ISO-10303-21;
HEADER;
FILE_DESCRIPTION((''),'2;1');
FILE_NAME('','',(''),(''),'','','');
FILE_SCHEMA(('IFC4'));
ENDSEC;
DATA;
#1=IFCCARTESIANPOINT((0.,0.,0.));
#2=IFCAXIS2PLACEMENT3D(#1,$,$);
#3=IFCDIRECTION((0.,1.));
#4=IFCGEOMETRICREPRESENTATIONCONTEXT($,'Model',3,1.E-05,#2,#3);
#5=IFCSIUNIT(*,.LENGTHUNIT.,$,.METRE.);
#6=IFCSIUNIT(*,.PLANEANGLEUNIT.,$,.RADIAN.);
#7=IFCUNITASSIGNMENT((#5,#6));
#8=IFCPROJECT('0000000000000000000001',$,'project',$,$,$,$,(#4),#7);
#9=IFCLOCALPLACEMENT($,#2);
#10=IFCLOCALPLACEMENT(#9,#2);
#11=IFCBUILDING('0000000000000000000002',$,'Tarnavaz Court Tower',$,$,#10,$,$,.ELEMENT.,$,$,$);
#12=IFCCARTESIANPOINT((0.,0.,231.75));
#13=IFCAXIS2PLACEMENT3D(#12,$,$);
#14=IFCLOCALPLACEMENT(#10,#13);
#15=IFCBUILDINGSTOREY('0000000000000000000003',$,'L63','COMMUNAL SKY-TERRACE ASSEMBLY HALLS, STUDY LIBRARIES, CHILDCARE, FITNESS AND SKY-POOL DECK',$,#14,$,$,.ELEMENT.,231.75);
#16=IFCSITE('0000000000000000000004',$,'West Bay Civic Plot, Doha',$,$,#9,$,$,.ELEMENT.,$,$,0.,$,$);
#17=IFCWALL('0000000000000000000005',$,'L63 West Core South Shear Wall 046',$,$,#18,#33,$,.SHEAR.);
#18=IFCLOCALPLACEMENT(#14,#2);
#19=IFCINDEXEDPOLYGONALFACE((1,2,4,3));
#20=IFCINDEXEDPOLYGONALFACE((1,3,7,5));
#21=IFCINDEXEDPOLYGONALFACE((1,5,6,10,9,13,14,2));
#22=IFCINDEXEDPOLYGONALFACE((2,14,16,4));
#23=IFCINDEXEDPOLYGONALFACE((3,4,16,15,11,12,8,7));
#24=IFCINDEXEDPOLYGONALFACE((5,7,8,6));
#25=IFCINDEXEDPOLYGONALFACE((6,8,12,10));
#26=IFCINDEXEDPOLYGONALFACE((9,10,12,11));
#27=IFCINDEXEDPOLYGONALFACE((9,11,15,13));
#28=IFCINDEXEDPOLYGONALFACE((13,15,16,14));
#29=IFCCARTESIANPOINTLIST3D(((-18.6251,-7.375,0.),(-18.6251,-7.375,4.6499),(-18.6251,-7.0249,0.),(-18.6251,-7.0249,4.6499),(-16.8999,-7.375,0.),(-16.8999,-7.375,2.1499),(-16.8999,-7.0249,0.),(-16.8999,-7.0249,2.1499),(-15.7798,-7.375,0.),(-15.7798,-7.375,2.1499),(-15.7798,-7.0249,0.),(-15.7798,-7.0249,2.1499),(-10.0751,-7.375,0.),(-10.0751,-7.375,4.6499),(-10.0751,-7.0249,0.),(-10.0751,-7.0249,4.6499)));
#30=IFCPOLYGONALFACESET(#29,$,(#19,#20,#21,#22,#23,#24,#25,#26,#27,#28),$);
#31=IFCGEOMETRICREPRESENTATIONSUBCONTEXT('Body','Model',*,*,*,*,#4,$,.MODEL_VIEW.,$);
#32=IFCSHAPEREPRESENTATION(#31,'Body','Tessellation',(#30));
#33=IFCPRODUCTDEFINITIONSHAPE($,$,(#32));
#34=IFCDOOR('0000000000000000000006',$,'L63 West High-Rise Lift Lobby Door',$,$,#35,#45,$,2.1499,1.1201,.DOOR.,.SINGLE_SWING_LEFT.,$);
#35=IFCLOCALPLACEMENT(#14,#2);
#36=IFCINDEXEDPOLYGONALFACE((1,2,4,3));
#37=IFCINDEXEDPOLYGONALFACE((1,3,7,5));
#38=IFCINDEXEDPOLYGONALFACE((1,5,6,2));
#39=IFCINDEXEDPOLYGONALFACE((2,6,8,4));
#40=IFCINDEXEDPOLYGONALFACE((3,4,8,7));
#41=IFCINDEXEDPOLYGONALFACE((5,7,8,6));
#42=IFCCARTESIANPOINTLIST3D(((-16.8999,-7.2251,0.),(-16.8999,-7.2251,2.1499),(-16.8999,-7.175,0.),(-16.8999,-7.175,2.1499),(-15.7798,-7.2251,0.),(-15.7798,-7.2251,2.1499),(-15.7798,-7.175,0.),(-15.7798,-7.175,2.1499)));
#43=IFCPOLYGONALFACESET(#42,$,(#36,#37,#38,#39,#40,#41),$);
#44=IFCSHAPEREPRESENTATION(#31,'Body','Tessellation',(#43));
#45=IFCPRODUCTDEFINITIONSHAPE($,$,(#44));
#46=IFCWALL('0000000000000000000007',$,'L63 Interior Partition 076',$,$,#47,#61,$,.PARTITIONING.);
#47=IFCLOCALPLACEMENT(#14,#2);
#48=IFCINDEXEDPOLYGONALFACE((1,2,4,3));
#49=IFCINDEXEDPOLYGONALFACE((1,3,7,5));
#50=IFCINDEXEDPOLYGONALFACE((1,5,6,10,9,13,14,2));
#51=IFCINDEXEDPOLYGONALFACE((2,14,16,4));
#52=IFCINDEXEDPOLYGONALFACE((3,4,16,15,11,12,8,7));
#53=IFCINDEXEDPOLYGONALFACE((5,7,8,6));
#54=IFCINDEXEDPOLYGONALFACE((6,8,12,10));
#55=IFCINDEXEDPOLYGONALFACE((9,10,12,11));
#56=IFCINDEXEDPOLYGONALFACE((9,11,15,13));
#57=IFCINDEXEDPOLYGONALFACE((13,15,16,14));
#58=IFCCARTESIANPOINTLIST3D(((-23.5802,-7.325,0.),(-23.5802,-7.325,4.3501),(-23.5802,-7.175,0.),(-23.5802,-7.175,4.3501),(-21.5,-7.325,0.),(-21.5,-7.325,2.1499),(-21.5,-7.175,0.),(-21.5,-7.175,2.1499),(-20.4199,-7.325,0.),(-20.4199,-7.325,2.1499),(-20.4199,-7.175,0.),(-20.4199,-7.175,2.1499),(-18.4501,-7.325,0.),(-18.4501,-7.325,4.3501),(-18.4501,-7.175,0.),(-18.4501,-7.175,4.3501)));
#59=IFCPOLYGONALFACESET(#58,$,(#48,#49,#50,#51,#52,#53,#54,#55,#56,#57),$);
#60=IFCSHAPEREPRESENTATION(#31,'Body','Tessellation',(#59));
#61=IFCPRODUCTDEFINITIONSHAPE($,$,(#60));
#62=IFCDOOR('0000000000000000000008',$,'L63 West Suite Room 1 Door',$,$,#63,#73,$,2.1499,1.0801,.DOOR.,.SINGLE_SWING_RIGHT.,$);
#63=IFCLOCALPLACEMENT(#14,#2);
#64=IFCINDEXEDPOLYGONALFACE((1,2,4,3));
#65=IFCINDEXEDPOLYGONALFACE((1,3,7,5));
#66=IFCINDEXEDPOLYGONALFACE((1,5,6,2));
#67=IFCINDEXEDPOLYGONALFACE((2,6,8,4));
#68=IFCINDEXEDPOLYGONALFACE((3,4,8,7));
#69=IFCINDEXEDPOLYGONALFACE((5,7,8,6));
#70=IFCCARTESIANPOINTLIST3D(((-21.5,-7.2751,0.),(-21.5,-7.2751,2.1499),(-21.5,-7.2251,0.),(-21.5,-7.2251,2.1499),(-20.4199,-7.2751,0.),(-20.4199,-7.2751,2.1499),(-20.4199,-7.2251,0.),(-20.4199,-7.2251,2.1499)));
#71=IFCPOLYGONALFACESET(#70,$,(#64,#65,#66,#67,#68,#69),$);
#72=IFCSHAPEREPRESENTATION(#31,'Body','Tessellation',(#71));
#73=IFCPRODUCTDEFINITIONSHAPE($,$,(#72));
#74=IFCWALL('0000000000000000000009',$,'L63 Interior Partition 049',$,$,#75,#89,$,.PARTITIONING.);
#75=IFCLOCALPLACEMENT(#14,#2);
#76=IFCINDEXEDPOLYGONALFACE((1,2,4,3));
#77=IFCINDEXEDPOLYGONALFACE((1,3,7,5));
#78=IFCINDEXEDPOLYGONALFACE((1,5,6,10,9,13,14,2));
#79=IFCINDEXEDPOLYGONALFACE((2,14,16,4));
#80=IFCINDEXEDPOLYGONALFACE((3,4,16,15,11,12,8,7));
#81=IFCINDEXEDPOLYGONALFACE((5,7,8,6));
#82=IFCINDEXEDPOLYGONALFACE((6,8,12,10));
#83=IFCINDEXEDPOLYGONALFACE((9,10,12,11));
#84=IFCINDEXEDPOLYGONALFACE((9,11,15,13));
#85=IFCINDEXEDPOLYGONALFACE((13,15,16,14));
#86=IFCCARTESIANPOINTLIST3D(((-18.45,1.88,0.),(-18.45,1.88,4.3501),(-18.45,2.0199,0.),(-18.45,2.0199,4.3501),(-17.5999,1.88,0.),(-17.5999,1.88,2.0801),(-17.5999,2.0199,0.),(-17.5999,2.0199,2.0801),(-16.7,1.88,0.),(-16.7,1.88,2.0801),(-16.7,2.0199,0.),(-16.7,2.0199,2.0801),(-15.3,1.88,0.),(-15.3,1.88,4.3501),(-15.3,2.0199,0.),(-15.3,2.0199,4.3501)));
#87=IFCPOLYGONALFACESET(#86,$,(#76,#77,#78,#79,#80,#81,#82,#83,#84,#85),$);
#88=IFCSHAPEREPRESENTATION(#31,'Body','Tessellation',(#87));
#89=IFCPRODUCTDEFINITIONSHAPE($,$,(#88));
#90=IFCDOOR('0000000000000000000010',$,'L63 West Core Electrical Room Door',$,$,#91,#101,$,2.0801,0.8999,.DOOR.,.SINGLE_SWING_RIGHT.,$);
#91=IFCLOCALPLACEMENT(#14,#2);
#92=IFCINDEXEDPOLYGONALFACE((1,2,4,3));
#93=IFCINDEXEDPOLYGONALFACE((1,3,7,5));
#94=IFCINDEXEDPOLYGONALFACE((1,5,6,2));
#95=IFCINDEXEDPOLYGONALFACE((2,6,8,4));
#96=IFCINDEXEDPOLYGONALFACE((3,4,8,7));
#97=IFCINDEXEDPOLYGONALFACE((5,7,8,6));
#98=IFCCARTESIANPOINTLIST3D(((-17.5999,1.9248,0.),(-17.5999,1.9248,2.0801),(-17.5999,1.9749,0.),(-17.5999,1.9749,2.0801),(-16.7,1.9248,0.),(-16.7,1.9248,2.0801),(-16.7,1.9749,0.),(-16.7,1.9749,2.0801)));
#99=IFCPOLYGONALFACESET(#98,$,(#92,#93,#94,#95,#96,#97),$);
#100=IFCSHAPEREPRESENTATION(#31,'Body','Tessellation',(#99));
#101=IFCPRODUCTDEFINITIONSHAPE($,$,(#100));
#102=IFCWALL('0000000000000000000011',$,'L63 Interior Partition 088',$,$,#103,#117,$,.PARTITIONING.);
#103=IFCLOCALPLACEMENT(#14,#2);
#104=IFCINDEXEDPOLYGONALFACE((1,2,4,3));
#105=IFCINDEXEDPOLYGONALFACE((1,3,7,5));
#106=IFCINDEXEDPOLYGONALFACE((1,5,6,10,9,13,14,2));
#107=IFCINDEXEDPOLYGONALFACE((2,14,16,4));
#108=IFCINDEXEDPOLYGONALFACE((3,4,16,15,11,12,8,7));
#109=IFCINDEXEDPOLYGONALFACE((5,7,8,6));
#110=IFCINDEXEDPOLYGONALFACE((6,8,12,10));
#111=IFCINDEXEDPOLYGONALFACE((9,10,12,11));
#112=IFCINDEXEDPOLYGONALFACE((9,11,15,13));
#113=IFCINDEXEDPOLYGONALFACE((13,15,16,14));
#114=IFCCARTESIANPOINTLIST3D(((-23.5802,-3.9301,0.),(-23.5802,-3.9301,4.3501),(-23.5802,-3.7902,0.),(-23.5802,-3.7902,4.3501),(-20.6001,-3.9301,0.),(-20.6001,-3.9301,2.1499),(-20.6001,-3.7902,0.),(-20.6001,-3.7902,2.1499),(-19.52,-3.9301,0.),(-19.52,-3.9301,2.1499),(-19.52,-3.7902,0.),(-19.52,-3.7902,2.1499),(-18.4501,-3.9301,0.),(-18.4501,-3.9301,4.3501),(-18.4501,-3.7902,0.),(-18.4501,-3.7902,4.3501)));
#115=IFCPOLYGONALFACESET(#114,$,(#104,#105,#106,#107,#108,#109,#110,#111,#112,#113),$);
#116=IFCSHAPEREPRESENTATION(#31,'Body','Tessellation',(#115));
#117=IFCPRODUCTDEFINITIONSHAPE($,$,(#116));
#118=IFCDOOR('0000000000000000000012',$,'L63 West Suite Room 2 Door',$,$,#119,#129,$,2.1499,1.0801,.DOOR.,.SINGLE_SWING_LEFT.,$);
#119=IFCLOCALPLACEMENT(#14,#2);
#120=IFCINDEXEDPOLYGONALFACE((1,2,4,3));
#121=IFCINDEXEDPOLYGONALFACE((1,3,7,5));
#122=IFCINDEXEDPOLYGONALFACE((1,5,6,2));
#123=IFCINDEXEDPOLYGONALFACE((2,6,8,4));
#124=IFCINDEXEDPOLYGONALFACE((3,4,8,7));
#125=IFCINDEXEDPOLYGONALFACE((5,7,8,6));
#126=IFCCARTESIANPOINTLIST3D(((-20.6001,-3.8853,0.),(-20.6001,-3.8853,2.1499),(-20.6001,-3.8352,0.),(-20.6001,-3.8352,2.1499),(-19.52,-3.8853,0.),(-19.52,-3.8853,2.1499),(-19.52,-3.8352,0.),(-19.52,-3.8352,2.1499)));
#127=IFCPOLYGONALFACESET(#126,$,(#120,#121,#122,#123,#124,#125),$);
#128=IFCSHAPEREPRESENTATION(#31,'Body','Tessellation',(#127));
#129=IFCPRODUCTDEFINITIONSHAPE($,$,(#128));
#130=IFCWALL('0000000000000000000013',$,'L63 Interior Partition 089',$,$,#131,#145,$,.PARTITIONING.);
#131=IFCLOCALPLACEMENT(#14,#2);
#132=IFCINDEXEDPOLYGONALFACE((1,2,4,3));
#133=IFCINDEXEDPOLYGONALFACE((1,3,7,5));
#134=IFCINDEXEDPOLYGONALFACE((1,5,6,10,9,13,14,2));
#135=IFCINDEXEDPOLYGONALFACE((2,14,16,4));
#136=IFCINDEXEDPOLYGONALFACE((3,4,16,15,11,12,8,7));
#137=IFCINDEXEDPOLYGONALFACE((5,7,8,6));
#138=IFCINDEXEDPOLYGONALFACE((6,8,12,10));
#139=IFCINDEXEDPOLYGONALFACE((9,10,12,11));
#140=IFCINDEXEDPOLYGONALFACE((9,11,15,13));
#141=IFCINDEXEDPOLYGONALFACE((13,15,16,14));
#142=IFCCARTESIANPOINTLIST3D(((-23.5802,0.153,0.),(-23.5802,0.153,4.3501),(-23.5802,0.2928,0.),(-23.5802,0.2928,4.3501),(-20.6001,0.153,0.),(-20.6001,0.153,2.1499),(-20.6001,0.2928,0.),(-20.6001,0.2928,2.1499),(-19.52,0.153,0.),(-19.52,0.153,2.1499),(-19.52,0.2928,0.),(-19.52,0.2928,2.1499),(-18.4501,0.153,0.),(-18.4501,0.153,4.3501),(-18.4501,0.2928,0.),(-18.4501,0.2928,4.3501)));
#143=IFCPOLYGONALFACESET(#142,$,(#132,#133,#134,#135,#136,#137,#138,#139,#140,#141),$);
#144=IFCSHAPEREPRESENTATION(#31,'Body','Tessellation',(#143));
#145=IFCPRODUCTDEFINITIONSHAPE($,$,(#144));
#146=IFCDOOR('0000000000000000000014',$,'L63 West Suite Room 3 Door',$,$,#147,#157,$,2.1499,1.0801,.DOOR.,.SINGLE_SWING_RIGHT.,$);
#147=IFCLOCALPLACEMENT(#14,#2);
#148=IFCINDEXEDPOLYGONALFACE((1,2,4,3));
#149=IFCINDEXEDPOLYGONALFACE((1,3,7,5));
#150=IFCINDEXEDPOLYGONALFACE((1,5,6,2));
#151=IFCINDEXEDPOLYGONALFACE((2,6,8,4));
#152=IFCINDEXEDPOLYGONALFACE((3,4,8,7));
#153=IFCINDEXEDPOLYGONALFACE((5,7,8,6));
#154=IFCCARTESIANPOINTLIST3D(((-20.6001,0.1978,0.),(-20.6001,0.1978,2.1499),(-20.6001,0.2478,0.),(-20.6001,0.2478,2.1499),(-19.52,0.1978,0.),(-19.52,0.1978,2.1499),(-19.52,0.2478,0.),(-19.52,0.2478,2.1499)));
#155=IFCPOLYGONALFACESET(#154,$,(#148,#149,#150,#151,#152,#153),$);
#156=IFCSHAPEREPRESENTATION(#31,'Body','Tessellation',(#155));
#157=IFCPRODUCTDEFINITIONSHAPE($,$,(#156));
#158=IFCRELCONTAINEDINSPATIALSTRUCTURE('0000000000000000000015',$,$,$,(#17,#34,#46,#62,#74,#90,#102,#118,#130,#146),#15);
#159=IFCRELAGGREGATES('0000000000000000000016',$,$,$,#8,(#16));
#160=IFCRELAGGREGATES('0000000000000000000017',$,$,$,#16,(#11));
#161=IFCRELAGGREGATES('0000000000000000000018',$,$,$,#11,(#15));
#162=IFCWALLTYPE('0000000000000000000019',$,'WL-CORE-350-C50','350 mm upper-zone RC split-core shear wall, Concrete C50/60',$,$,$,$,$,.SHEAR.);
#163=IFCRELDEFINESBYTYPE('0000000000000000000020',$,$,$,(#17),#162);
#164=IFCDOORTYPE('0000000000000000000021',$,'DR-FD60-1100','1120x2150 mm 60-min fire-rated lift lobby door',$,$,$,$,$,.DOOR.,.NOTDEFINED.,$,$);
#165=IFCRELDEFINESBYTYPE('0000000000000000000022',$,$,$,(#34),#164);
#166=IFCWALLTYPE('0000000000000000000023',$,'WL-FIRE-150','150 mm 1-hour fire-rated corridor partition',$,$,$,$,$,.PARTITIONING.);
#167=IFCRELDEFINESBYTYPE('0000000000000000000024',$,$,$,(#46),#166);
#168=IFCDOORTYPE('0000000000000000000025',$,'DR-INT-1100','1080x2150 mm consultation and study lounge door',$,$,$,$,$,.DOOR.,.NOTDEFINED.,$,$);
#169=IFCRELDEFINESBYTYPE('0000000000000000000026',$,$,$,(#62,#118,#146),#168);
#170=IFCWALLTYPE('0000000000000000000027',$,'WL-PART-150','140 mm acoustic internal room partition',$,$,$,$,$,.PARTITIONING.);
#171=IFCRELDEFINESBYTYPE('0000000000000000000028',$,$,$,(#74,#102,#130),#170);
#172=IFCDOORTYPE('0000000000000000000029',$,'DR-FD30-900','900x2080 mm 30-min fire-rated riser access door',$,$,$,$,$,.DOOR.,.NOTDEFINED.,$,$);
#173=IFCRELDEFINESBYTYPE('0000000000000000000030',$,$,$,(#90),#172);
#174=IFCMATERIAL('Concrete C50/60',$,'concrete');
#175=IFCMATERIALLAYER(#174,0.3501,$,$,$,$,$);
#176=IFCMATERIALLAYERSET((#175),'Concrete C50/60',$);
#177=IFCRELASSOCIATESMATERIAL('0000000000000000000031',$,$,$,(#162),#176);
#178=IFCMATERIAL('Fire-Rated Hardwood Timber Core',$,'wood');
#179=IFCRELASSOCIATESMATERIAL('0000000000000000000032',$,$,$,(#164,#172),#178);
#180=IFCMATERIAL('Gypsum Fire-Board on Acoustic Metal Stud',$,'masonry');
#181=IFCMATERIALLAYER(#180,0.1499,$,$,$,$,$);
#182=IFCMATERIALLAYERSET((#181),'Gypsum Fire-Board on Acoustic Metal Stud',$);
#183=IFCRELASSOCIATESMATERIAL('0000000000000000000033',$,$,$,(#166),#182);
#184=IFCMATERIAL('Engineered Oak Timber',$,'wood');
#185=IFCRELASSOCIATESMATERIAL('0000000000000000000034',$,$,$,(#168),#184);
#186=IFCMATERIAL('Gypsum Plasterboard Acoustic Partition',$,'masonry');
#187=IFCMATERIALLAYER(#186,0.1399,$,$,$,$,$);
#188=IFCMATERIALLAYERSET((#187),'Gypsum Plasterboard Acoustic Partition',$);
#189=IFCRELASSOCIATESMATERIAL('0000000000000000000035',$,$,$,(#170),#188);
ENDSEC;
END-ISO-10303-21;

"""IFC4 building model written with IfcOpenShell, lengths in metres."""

from ifc_helpers import new_model, si_unit, direction, frame, frame_2d, origin, place, context, subcontext, project, spatial, rectangle, extrude, material, layer, layer_set, type_object, element, fill, save


model = new_model("IFC4")

# Units and contexts
model_context = context("Model", 3, precision=1e-05, world=origin(), true_north=direction((0.0, 1.0)))
body_context = subcontext(model_context, "Body", "Model", "MODEL_VIEW")
ifc_project = project(units=[si_unit("LENGTHUNIT", "METRE"), si_unit("PLANEANGLEUNIT", "RADIAN")], contexts=[model_context])

# Site, building, storey
site_placement = place(None, origin())
site = spatial("IfcSite", under=ifc_project, at=site_placement, Name="West Bay Civic Plot, Doha", CompositionType="ELEMENT", RefElevation=0.0)
building_placement = place(site_placement, origin())
building = spatial("IfcBuilding", under=site, at=building_placement, Name="Tarnavaz Court Tower", CompositionType="ELEMENT")
storey_placement = place(building_placement, frame((0.0, 0.0, 231.75)))
storey = spatial("IfcBuildingStorey", under=building, at=storey_placement, Name="L63", Description="COMMUNAL SKY-TERRACE ASSEMBLY HALLS, STUDY LIBRARIES, CHILDCARE, FITNESS AND SKY-POOL DECK", CompositionType="ELEMENT", Elevation=231.75)

# Shared definitions
ifc_material_1 = material(Name="Concrete C50/60", Category="concrete")

# Shared definitions
ifc_layer_1 = layer(ifc_material_1, 0.3501)
ifc_layer_set_1 = layer_set([ifc_layer_1], Name="Concrete C50/60")
wall_type_1 = type_object("IfcWallType", Name="WL-CORE-350-C50", Description="350 mm upper-zone RC split-core shear wall, Concrete C50/60", PredefinedType="SHEAR", material=ifc_layer_set_1)

# Walls, openings, doors
wall_1_placement = place(storey_placement, frame((-18.625, -7.2, 0.0), z_axis=(0.0, 0.0, 1.0), x_axis=(1.0, 0.0, 0.0)))
wall_1 = element("IfcWall", 1, at=wall_1_placement, inside=storey, type_object=wall_type_1, Name="L63 West Core South Shear Wall 046", PredefinedType="SHEAR", context=body_context, shape_type="SweptSolid", body=[
    extrude(rectangle(XDim=8.55, YDim=0.3501, at=frame_2d((4.2749, 0.0))), origin(), (0.0, 0.0, 1.0), 4.6499),
])
opening_1_placement = place(wall_1_placement, frame((1.7251, 0.0, 0.0)))
opening_1 = element("IfcOpeningElement", 2, at=opening_1_placement, cuts=wall_1, PredefinedType="OPENING", context=body_context, shape_type="SweptSolid", body=[
    extrude(rectangle(XDim=1.1201, YDim=2.1499, at=frame_2d((0.5601, 1.075))), frame((0.0, 0.1851, 0.0), z_axis=(0.0, -1.0, 0.0), x_axis=(1.0, 0.0, 0.0)), (0.0, 0.0, 1.0), 0.3701),
])
ifc_material_2 = material(Name="Fire-Rated Hardwood Timber Core", Category="wood")
door_type_1 = type_object("IfcDoorType", Name="DR-FD60-1100", Description="1120x2150 mm 60-min fire-rated lift lobby door", OperationType="NOTDEFINED", PredefinedType="DOOR", material=ifc_material_2)
door_1_placement = place(opening_1_placement, origin())
door_1 = element("IfcDoor", 3, at=door_1_placement, inside=storey, type_object=door_type_1, Name="L63 West High-Rise Lift Lobby Door", OperationType="SINGLE_SWING_LEFT", OverallHeight=2.1499, OverallWidth=1.1201, PredefinedType="DOOR", context=body_context, shape_type="SweptSolid", body=[
    extrude(rectangle(XDim=1.1201, YDim=2.1499, at=frame_2d((0.5601, 1.075))), frame((0.0, 0.0249, 0.0), z_axis=(0.0, -1.0, 0.0), x_axis=(1.0, 0.0, 0.0)), (0.0, 0.0, 1.0), 0.05),
])
fill(opening_1, door_1)
ifc_material_3 = material(Name="Gypsum Fire-Board on Acoustic Metal Stud", Category="masonry")
ifc_layer_2 = layer(ifc_material_3, 0.1499)
ifc_layer_set_2 = layer_set([ifc_layer_2], Name="Gypsum Fire-Board on Acoustic Metal Stud")
wall_type_2 = type_object("IfcWallType", Name="WL-FIRE-150", Description="150 mm 1-hour fire-rated corridor partition", PredefinedType="PARTITIONING", material=ifc_layer_set_2)
wall_2_placement = place(storey_placement, frame((-23.5801, -7.25, 0.0), z_axis=(0.0, 0.0, 1.0), x_axis=(1.0, 0.0, 0.0)))
wall_2 = element("IfcWall", 4, at=wall_2_placement, inside=storey, type_object=wall_type_2, Name="L63 Interior Partition 076", PredefinedType="PARTITIONING", context=body_context, shape_type="SweptSolid", body=[
    extrude(rectangle(XDim=5.1301, YDim=0.1499, at=frame_2d((2.5649, 0.0))), origin(), (0.0, 0.0, 1.0), 4.3501),
])
opening_2_placement = place(wall_2_placement, frame((2.0801, 0.0, 0.0)))
opening_2 = element("IfcOpeningElement", 5, at=opening_2_placement, cuts=wall_2, PredefinedType="OPENING", context=body_context, shape_type="SweptSolid", body=[
    extrude(rectangle(XDim=1.0801, YDim=2.1499, at=frame_2d((0.54, 1.075))), frame((0.0, 0.085, 0.0), z_axis=(0.0, -1.0, 0.0), x_axis=(1.0, 0.0, 0.0)), (0.0, 0.0, 1.0), 0.1699),
])
ifc_material_4 = material(Name="Engineered Oak Timber", Category="wood")
door_type_2 = type_object("IfcDoorType", Name="DR-INT-1100", Description="1080x2150 mm consultation and study lounge door", OperationType="NOTDEFINED", PredefinedType="DOOR", material=ifc_material_4)
door_2_placement = place(opening_2_placement, origin())
door_2 = element("IfcDoor", 6, at=door_2_placement, inside=storey, type_object=door_type_2, Name="L63 West Suite Room 1 Door", OperationType="SINGLE_SWING_RIGHT", OverallHeight=2.1499, OverallWidth=1.0801, PredefinedType="DOOR", context=body_context, shape_type="SweptSolid", body=[
    extrude(rectangle(XDim=1.0801, YDim=2.1499, at=frame_2d((0.54, 1.075))), frame((0.0, 0.0249, 0.0), z_axis=(0.0, -1.0, 0.0), x_axis=(1.0, 0.0, 0.0)), (0.0, 0.0, 1.0), 0.05),
])
fill(opening_2, door_2)
ifc_material_5 = material(Name="Gypsum Plasterboard Acoustic Partition", Category="masonry")
ifc_layer_3 = layer(ifc_material_5, 0.1399)
ifc_layer_set_3 = layer_set([ifc_layer_3], Name="Gypsum Plasterboard Acoustic Partition")
wall_type_3 = type_object("IfcWallType", Name="WL-PART-150", Description="140 mm acoustic internal room partition", PredefinedType="PARTITIONING", material=ifc_layer_set_3)
wall_3_placement = place(storey_placement, frame((-18.45, 1.95, 0.0), z_axis=(0.0, 0.0, 1.0), x_axis=(1.0, 0.0, 0.0)))
wall_3 = element("IfcWall", 7, at=wall_3_placement, inside=storey, type_object=wall_type_3, Name="L63 Interior Partition 049", PredefinedType="PARTITIONING", context=body_context, shape_type="SweptSolid", body=[
    extrude(rectangle(XDim=3.1499, YDim=0.1399, at=frame_2d((1.575, 0.0))), origin(), (0.0, 0.0, 1.0), 4.3501),
])
opening_3_placement = place(wall_3_placement, frame((0.8501, 0.0, 0.0)))
opening_3 = element("IfcOpeningElement", 8, at=opening_3_placement, cuts=wall_3, PredefinedType="OPENING", context=body_context, shape_type="SweptSolid", body=[
    extrude(rectangle(XDim=0.8999, YDim=2.0801, at=frame_2d((0.45, 1.04))), frame((0.0, 0.0798, 0.0), z_axis=(0.0, -1.0, 0.0), x_axis=(1.0, 0.0, 0.0)), (0.0, 0.0, 1.0), 0.1599),
])
door_type_3 = type_object("IfcDoorType", Name="DR-FD30-900", Description="900x2080 mm 30-min fire-rated riser access door", OperationType="NOTDEFINED", PredefinedType="DOOR", material=ifc_material_2)
door_3_placement = place(opening_3_placement, origin())
door_3 = element("IfcDoor", 9, at=door_3_placement, inside=storey, type_object=door_type_3, Name="L63 West Core Electrical Room Door", OperationType="SINGLE_SWING_RIGHT", OverallHeight=2.0801, OverallWidth=0.8999, PredefinedType="DOOR", context=body_context, shape_type="SweptSolid", body=[
    extrude(rectangle(XDim=0.8999, YDim=2.0801, at=frame_2d((0.45, 1.04))), frame((0.0, 0.0249, 0.0), z_axis=(0.0, -1.0, 0.0), x_axis=(1.0, 0.0, 0.0)), (0.0, 0.0, 1.0), 0.05),
])
fill(opening_3, door_3)
wall_4_placement = place(storey_placement, frame((-23.5801, -3.8601, 0.0), z_axis=(0.0, 0.0, 1.0), x_axis=(1.0, 0.0, 0.0)))
wall_4 = element("IfcWall", 10, at=wall_4_placement, inside=storey, type_object=wall_type_3, Name="L63 Interior Partition 088", PredefinedType="PARTITIONING", context=body_context, shape_type="SweptSolid", body=[
    extrude(rectangle(XDim=5.1301, YDim=0.1399, at=frame_2d((2.5649, 0.0))), origin(), (0.0, 0.0, 1.0), 4.3501),
])
opening_4_placement = place(wall_4_placement, frame((2.98, 0.0, 0.0)))
opening_4 = element("IfcOpeningElement", 11, at=opening_4_placement, cuts=wall_4, PredefinedType="OPENING", context=body_context, shape_type="SweptSolid", body=[
    extrude(rectangle(XDim=1.0801, YDim=2.1499, at=frame_2d((0.54, 1.075))), frame((0.0, 0.0798, 0.0), z_axis=(0.0, -1.0, 0.0), x_axis=(1.0, 0.0, 0.0)), (0.0, 0.0, 1.0), 0.1599),
])
door_4_placement = place(opening_4_placement, origin())
door_4 = element("IfcDoor", 12, at=door_4_placement, inside=storey, type_object=door_type_2, Name="L63 West Suite Room 2 Door", OperationType="SINGLE_SWING_LEFT", OverallHeight=2.1499, OverallWidth=1.0801, PredefinedType="DOOR", context=body_context, shape_type="SweptSolid", body=[
    extrude(rectangle(XDim=1.0801, YDim=2.1499, at=frame_2d((0.54, 1.075))), frame((0.0, 0.0249, 0.0), z_axis=(0.0, -1.0, 0.0), x_axis=(1.0, 0.0, 0.0)), (0.0, 0.0, 1.0), 0.05),
])
fill(opening_4, door_4)
wall_5_placement = place(storey_placement, frame((-23.5801, 0.2229, 0.0), z_axis=(0.0, 0.0, 1.0), x_axis=(1.0, 0.0, 0.0)))
wall_5 = element("IfcWall", 13, at=wall_5_placement, inside=storey, type_object=wall_type_3, Name="L63 Interior Partition 089", PredefinedType="PARTITIONING", context=body_context, shape_type="SweptSolid", body=[
    extrude(rectangle(XDim=5.1301, YDim=0.1399, at=frame_2d((2.5649, 0.0))), origin(), (0.0, 0.0, 1.0), 4.3501),
])
opening_5_placement = place(wall_5_placement, frame((2.98, 0.0, 0.0)))
opening_5 = element("IfcOpeningElement", 14, at=opening_5_placement, cuts=wall_5, PredefinedType="OPENING", context=body_context, shape_type="SweptSolid", body=[
    extrude(rectangle(XDim=1.0801, YDim=2.1499, at=frame_2d((0.54, 1.075))), frame((0.0, 0.0798, 0.0), z_axis=(0.0, -1.0, 0.0), x_axis=(1.0, 0.0, 0.0)), (0.0, 0.0, 1.0), 0.1599),
])
door_5_placement = place(opening_5_placement, origin())
door_5 = element("IfcDoor", 15, at=door_5_placement, inside=storey, type_object=door_type_2, Name="L63 West Suite Room 3 Door", OperationType="SINGLE_SWING_RIGHT", OverallHeight=2.1499, OverallWidth=1.0801, PredefinedType="DOOR", context=body_context, shape_type="SweptSolid", body=[
    extrude(rectangle(XDim=1.0801, YDim=2.1499, at=frame_2d((0.54, 1.075))), frame((0.0, 0.0249, 0.0), z_axis=(0.0, -1.0, 0.0), x_axis=(1.0, 0.0, 0.0)), (0.0, 0.0, 1.0), 0.05),
])
fill(opening_5, door_5)

save(model, "model.ifc")
